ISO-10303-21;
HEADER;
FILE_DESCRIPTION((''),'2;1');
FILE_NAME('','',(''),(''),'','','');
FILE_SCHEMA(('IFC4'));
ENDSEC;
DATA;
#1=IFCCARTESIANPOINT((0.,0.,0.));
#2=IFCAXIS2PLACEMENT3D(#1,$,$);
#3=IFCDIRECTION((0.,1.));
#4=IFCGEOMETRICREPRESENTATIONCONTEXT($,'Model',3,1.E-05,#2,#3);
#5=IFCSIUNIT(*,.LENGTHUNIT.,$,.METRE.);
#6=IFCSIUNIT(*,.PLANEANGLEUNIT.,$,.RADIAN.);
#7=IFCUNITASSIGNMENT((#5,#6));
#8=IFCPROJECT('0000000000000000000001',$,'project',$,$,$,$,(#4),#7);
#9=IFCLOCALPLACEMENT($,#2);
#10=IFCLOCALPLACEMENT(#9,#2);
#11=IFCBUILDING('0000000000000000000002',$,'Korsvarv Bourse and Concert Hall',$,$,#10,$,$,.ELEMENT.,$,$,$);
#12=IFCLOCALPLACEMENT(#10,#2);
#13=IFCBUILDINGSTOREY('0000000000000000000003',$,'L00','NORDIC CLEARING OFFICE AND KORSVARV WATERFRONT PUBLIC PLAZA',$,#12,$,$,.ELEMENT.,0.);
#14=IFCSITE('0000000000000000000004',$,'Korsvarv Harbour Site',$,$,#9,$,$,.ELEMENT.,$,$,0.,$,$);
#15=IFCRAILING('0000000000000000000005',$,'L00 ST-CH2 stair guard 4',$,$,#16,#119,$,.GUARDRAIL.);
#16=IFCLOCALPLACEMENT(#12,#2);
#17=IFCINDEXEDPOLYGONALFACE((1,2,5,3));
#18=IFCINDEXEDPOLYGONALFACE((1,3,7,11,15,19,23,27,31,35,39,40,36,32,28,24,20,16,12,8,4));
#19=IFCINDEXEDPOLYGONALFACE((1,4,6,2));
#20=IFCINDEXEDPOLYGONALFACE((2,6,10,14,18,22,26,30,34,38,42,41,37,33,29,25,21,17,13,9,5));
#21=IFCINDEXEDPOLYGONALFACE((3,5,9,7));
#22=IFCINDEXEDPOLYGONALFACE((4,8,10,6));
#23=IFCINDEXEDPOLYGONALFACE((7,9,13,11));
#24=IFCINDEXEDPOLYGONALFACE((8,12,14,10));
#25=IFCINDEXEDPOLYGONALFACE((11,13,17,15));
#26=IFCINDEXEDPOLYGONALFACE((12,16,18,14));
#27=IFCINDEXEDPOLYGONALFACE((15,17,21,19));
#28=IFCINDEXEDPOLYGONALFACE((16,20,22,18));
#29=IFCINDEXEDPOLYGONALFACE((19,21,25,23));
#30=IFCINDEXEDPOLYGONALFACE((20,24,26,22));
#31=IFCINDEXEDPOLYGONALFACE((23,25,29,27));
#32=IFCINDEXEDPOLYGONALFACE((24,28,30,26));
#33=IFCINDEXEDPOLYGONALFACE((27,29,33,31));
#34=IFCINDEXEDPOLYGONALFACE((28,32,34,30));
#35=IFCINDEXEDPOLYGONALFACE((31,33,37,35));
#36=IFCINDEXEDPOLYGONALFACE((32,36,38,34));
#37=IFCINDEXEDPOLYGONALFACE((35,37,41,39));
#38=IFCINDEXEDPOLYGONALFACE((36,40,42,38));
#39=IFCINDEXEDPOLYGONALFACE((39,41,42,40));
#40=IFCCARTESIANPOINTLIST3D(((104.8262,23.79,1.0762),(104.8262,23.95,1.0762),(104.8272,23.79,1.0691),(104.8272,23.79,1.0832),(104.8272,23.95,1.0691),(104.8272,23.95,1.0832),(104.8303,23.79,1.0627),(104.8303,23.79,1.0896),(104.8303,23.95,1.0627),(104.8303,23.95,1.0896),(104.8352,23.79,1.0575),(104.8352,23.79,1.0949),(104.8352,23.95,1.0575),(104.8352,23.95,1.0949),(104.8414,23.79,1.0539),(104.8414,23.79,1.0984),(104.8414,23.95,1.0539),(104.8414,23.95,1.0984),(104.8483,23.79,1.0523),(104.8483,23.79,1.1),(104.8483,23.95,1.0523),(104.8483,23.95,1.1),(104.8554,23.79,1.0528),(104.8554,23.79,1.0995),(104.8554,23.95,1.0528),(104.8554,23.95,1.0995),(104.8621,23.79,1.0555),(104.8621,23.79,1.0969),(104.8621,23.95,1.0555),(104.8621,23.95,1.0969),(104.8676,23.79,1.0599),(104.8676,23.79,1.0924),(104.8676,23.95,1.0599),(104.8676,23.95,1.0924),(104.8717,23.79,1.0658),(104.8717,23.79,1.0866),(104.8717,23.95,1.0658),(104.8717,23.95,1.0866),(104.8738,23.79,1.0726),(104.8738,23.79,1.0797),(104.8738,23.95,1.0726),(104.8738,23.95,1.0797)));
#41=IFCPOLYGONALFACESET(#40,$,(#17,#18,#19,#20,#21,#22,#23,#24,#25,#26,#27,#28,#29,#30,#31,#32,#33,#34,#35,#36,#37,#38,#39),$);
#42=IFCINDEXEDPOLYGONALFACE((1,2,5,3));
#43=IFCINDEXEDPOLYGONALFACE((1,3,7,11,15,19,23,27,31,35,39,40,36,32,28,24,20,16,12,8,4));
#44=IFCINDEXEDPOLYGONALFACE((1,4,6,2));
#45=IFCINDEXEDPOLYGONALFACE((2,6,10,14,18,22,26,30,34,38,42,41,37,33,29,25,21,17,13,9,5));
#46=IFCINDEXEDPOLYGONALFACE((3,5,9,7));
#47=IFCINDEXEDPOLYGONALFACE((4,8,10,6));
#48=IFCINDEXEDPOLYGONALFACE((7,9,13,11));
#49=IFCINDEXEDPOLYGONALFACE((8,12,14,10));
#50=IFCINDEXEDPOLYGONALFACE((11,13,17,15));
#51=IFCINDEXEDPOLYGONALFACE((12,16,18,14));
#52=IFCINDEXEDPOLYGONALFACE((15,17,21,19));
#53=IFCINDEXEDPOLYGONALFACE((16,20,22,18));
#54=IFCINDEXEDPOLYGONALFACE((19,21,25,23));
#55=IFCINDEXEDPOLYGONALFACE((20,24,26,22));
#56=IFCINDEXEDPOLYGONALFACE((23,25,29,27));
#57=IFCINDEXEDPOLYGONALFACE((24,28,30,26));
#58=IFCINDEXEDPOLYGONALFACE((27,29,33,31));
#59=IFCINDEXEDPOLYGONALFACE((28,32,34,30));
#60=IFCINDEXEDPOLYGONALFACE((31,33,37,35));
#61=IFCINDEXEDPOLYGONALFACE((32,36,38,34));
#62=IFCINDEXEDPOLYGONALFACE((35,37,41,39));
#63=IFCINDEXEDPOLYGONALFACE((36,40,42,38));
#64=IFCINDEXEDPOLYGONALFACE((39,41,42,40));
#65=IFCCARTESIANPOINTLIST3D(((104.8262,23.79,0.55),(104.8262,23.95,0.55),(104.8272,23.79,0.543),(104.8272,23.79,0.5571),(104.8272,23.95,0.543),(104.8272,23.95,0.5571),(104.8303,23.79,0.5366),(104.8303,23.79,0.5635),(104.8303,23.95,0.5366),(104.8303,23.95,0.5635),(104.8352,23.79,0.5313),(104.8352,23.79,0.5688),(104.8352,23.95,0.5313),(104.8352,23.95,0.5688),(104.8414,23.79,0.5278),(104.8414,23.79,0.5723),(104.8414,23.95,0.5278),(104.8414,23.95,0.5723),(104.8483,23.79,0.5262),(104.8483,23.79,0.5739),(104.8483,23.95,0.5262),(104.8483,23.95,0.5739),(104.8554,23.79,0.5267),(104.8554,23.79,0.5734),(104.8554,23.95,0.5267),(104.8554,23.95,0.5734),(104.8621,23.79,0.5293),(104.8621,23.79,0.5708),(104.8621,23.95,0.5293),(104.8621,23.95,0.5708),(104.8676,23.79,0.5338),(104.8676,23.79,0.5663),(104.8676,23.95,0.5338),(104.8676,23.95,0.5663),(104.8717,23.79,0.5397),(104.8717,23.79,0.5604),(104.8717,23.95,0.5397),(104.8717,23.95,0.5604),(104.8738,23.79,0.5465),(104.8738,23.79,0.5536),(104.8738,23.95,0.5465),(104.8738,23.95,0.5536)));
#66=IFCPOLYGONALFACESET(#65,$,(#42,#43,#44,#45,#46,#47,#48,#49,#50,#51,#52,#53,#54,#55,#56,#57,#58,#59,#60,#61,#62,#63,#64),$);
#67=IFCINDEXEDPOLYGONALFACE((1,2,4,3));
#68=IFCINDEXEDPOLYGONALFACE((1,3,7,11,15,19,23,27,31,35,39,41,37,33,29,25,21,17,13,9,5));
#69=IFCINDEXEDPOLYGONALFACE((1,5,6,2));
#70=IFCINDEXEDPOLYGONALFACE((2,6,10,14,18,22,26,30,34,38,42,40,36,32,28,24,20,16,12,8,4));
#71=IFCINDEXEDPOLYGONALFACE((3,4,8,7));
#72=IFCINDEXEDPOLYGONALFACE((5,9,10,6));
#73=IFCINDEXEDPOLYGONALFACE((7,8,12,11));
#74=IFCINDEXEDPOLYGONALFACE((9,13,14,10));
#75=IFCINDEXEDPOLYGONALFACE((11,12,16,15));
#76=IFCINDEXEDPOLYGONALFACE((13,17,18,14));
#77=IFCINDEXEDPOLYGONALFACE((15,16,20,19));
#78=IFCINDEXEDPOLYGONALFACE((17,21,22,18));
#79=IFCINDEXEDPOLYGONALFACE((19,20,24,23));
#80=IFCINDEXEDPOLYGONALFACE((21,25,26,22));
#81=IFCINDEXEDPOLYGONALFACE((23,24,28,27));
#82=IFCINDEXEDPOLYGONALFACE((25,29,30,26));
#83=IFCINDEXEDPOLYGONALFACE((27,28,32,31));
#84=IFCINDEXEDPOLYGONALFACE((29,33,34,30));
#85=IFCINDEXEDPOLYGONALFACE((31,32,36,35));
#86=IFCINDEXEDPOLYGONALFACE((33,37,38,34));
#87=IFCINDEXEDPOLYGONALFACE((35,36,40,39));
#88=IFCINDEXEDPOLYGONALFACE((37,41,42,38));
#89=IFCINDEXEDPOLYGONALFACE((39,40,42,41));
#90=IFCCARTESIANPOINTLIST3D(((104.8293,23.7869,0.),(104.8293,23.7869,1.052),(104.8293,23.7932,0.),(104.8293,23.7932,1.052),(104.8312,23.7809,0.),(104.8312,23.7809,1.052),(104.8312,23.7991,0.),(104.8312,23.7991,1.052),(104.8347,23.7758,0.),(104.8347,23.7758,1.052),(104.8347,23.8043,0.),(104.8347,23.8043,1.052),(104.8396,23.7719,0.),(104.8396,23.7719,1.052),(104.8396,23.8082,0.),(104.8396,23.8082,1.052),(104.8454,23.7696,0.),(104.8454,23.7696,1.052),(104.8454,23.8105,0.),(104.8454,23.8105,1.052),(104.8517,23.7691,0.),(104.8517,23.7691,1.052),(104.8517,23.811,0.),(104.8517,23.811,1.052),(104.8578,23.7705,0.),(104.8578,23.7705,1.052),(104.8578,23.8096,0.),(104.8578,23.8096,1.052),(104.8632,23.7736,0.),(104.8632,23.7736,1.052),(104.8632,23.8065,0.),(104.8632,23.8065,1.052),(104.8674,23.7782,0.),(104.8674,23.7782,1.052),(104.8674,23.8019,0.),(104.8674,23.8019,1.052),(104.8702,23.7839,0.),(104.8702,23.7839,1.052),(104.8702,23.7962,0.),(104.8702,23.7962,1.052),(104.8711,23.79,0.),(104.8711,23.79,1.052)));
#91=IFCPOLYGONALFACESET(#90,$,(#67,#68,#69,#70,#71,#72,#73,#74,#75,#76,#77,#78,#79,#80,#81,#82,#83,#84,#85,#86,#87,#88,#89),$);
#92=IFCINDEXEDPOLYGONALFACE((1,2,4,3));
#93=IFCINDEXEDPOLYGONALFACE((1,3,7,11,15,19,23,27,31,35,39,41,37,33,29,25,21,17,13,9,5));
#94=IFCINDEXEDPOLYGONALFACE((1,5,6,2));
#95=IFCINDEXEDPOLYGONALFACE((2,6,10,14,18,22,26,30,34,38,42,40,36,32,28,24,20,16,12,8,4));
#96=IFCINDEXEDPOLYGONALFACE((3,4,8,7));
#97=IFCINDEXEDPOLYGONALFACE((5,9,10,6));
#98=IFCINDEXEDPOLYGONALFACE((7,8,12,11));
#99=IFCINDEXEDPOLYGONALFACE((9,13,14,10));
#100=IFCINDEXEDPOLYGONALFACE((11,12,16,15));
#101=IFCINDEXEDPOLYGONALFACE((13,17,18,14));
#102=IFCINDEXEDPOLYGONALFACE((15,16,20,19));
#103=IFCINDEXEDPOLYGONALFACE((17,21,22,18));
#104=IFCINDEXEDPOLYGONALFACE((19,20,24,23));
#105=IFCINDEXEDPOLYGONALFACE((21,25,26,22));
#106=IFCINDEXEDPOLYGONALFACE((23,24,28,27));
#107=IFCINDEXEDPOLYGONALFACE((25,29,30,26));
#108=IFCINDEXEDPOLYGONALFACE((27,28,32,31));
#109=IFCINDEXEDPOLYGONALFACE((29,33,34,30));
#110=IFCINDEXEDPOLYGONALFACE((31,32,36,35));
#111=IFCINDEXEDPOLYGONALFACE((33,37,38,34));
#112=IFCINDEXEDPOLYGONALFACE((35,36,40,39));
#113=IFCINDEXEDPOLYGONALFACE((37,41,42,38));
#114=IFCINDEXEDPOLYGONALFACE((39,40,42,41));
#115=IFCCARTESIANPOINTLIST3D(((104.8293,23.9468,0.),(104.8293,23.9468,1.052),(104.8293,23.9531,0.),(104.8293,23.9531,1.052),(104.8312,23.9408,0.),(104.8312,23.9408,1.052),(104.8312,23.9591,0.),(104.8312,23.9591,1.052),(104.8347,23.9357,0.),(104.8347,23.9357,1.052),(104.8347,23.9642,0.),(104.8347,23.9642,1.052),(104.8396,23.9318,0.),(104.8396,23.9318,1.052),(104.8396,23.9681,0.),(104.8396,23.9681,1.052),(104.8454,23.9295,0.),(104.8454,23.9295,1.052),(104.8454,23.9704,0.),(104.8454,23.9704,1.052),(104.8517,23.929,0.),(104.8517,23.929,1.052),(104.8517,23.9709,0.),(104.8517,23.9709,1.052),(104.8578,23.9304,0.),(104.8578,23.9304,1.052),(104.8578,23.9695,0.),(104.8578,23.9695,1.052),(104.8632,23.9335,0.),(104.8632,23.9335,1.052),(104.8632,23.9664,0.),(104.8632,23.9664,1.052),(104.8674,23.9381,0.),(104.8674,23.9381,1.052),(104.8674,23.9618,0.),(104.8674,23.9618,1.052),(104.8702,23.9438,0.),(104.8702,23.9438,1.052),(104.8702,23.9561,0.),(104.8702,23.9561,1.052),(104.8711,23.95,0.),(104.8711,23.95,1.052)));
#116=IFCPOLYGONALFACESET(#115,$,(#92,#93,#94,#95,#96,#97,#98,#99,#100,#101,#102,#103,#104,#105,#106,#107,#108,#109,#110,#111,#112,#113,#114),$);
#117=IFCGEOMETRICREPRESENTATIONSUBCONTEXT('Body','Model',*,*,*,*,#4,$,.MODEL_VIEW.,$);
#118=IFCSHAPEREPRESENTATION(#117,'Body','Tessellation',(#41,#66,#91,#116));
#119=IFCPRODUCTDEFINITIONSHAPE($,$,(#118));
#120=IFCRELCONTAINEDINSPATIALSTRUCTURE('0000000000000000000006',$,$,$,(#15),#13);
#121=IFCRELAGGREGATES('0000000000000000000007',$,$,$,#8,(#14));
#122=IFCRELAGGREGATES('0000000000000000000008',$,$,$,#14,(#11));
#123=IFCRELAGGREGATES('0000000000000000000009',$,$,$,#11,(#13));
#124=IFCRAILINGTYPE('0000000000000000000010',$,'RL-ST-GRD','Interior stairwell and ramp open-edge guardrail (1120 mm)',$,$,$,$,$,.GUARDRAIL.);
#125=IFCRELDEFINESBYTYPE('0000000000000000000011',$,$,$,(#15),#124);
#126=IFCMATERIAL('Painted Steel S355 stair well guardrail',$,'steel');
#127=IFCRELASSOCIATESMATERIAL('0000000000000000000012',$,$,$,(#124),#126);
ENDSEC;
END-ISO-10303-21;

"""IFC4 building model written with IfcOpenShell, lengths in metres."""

from ifc_helpers import new_model, si_unit, direction, frame, origin, origin_2d, place, context, subcontext, project, spatial, circle, extrude, material, type_object, element, save


model = new_model("IFC4")

# Units and contexts
model_context = context("Model", 3, precision=1e-05, world=origin(), true_north=direction((0.0, 1.0)))
body_context = subcontext(model_context, "Body", "Model", "MODEL_VIEW")
ifc_project = project(units=[si_unit("LENGTHUNIT", "METRE"), si_unit("PLANEANGLEUNIT", "RADIAN")], contexts=[model_context])

# Site, building, storey
site_placement = place(None, origin())
site = spatial("IfcSite", under=ifc_project, at=site_placement, Name="Korsvarv Harbour Site", CompositionType="ELEMENT", RefElevation=0.0)
building_placement = place(site_placement, origin())
building = spatial("IfcBuilding", under=site, at=building_placement, Name="Korsvarv Bourse and Concert Hall", CompositionType="ELEMENT")
storey_placement = place(building_placement, origin())
storey = spatial("IfcBuildingStorey", under=building, at=storey_placement, Name="L00", Description="NORDIC CLEARING OFFICE AND KORSVARV WATERFRONT PUBLIC PLAZA", CompositionType="ELEMENT", Elevation=0.0)

# Railing
ifc_material_1 = material(Name="Painted Steel S355 stair well guardrail", Category="steel")
railing_type = type_object("IfcRailingType", Name="RL-ST-GRD", Description="Interior stairwell and ramp open-edge guardrail (1120 mm)", PredefinedType="GUARDRAIL", material=ifc_material_1)
railing_1_placement = place(storey_placement, frame((104.8501, 23.79, 0.0)))
element("IfcRailing", 1, at=railing_1_placement, inside=storey, type_object=railing_type, Name="L00 ST-CH2 stair guard 4", PredefinedType="GUARDRAIL", context=body_context, shape_type="SweptSolid", body=[
    extrude(circle(Radius=0.0239, at=origin_2d()), frame((0.0, 0.0, 1.0762), z_axis=(0.0, 1.0, 0.0), x_axis=(-1.0, 0.0, 0.0)), (0.0, 0.0, 1.0), 0.1599),
    extrude(circle(Radius=0.0239, at=origin_2d()), frame((0.0, 0.0, 0.55), z_axis=(0.0, 1.0, 0.0), x_axis=(-1.0, 0.0, 0.0)), (0.0, 0.0, 1.0), 0.1599),
    extrude(circle(Radius=0.021, at=origin_2d()), origin(), (0.0, 0.0, 1.0), 1.052),
    extrude(circle(Radius=0.021, at=origin_2d()), frame((0.0, 0.1599, 0.0)), (0.0, 0.0, 1.0), 1.052),
])

save(model, "model.ifc")
